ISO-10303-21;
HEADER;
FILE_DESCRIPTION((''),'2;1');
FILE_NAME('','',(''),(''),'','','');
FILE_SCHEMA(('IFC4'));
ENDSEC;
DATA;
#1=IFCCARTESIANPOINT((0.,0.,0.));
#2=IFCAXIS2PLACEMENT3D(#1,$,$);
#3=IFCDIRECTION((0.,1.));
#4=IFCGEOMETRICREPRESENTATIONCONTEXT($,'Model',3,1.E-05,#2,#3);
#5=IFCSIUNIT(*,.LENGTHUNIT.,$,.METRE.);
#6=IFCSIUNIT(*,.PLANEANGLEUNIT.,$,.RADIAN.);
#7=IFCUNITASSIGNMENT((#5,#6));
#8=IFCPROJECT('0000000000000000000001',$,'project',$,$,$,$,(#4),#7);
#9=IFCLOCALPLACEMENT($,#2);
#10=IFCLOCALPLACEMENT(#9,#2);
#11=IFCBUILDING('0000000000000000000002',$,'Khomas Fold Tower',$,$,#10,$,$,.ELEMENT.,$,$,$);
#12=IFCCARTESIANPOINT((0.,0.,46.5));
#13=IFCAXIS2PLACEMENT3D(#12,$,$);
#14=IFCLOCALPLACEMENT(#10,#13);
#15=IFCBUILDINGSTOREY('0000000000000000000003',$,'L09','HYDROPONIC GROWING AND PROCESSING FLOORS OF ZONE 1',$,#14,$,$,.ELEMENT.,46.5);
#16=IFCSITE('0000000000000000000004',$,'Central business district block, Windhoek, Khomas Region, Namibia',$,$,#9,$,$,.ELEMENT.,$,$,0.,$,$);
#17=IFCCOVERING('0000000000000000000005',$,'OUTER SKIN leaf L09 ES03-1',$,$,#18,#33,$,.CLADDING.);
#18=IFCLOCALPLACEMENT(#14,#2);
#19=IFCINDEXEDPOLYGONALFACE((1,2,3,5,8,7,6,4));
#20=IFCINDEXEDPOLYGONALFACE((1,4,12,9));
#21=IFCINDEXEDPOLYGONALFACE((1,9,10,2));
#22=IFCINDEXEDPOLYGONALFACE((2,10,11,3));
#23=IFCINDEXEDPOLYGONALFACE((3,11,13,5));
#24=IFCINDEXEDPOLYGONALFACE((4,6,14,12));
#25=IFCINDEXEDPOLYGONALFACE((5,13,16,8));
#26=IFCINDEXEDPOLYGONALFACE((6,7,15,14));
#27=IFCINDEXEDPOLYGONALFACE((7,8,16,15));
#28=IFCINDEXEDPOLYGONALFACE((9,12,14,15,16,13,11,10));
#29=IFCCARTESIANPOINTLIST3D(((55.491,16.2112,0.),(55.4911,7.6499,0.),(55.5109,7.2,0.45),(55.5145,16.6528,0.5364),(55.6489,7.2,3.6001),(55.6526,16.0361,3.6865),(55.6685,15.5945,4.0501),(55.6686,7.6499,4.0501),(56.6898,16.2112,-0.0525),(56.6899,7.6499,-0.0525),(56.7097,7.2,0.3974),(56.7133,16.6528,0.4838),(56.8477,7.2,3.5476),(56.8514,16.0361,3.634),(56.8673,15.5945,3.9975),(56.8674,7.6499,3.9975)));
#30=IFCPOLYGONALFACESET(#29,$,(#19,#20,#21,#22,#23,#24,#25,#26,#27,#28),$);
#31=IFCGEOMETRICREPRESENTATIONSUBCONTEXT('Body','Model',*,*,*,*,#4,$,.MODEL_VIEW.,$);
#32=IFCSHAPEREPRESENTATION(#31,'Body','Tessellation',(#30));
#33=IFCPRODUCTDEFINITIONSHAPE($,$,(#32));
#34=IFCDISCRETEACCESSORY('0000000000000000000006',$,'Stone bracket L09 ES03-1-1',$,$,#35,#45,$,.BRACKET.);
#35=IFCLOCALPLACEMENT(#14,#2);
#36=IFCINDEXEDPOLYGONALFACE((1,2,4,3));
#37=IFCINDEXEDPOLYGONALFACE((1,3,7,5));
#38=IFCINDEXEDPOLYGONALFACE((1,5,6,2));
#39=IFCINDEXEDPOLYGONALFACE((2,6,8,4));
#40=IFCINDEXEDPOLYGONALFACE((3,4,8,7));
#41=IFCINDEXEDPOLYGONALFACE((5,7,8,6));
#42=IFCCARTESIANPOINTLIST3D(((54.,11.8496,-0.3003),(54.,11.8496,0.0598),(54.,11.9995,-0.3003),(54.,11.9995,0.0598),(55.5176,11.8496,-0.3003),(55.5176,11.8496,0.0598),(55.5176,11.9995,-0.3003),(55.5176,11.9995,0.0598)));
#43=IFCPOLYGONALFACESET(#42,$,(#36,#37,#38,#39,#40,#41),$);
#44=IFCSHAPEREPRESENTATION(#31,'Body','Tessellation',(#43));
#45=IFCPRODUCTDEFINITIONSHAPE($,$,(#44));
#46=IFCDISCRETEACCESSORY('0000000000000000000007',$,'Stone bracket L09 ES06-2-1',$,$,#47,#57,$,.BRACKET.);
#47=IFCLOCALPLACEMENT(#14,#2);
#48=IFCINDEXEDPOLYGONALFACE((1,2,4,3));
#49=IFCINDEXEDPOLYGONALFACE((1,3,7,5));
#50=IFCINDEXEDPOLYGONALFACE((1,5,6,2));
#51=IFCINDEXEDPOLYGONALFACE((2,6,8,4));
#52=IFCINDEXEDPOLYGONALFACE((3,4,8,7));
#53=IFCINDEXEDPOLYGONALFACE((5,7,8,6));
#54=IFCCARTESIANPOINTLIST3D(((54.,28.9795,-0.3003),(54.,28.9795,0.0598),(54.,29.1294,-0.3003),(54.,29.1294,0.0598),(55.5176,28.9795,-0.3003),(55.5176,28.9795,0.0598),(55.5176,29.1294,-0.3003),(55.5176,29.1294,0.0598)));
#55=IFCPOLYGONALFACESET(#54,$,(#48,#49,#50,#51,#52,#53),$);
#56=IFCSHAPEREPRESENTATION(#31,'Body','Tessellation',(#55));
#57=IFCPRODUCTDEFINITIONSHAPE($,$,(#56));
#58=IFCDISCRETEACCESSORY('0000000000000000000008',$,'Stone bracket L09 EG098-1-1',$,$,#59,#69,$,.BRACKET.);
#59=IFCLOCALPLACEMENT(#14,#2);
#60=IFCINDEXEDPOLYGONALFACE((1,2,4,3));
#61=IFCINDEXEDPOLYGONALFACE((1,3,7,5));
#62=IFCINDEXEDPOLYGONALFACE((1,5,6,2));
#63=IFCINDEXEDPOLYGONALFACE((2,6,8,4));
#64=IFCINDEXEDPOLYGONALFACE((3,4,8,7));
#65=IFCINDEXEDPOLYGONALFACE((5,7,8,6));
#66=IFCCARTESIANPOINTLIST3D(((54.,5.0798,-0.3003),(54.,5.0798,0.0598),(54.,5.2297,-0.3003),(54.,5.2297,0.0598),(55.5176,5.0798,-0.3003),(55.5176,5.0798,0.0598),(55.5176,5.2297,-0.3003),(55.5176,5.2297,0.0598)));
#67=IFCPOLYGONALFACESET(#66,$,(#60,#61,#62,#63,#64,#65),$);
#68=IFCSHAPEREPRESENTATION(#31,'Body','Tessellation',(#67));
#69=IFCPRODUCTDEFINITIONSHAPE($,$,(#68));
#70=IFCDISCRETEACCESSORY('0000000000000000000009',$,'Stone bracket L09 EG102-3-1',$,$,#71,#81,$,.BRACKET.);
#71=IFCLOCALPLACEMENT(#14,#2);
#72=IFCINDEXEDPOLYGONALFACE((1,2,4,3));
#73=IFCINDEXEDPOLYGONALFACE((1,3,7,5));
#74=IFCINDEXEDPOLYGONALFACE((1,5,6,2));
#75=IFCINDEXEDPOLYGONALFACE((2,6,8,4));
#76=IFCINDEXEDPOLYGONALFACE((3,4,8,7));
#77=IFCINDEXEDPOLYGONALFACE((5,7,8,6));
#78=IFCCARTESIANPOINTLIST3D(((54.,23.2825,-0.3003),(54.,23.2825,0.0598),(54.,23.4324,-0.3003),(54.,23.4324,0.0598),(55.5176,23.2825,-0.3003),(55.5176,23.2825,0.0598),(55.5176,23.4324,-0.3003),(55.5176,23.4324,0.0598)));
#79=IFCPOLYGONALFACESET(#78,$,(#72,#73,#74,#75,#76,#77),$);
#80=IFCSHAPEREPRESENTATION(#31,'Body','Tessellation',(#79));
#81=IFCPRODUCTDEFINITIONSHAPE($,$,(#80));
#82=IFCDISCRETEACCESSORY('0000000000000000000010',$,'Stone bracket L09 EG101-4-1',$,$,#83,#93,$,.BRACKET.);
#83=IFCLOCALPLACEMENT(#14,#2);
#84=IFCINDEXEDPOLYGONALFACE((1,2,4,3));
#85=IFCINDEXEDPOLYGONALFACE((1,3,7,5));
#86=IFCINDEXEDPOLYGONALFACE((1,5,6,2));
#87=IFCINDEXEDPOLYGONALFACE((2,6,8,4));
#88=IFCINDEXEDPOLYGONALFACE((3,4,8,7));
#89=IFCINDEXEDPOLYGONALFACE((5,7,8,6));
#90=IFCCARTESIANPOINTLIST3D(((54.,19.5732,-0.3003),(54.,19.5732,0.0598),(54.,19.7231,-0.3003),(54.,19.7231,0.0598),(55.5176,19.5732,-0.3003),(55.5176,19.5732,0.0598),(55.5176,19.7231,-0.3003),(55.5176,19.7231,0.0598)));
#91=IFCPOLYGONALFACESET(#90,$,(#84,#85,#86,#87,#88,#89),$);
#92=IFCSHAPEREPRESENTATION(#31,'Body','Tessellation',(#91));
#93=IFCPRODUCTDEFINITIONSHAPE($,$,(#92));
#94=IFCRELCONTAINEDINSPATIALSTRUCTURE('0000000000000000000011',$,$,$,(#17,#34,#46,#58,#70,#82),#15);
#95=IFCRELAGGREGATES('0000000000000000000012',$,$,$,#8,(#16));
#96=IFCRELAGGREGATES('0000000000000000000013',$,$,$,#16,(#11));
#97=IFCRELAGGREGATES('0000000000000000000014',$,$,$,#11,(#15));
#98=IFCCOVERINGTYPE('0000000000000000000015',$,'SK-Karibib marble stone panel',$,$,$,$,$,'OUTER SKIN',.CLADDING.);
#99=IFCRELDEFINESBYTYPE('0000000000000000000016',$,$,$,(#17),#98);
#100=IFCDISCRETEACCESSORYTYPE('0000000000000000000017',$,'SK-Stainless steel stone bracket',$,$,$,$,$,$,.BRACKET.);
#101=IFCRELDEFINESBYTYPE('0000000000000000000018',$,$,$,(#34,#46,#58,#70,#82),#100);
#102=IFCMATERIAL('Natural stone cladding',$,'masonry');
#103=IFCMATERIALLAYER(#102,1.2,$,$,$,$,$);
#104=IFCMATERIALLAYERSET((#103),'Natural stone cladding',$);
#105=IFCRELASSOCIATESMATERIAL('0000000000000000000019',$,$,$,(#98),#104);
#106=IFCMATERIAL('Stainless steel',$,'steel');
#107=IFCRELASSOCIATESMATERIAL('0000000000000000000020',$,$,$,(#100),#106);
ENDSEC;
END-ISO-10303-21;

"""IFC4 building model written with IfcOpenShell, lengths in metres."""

from ifc_helpers import new_model, si_unit, direction, frame, origin, origin_2d, place, context, subcontext, project, spatial, polyline, rectangle, outline, extrude, source, transform, mapped, material, layer, layer_set, type_object, element, save


model = new_model("IFC4")

# Units and contexts
model_context = context("Model", 3, precision=1e-05, world=origin(), true_north=direction((0.0, 1.0)))
body_context = subcontext(model_context, "Body", "Model", "MODEL_VIEW")
ifc_project = project(units=[si_unit("LENGTHUNIT", "METRE"), si_unit("PLANEANGLEUNIT", "RADIAN")], contexts=[model_context])

# Site, building, storey
site_placement = place(None, origin())
site = spatial("IfcSite", under=ifc_project, at=site_placement, Name="Central business district block, Windhoek, Khomas Region, Namibia", CompositionType="ELEMENT", RefElevation=0.0)
building_placement = place(site_placement, origin())
building = spatial("IfcBuilding", under=site, at=building_placement, Name="Khomas Fold Tower", CompositionType="ELEMENT")
storey_placement = place(building_placement, frame((0.0, 0.0, 46.5)))
storey = spatial("IfcBuildingStorey", under=building, at=storey_placement, Name="L09", Description="HYDROPONIC GROWING AND PROCESSING FLOORS OF ZONE 1", CompositionType="ELEMENT", Elevation=46.5)

# Covering
ifc_material_1 = material(Name="Natural stone cladding", Category="masonry")
ifc_layer_1 = layer(ifc_material_1, 1.2)
ifc_layer_set_1 = layer_set([ifc_layer_1], Name="Natural stone cladding")
covering_type = type_object("IfcCoveringType", Name="SK-Karibib marble stone panel", ElementType="OUTER SKIN", PredefinedType="CLADDING", material=ifc_layer_set_1)
covering_placement = place(storey_placement, frame((55.6526, 16.0361, 3.6865), z_axis=(-0.999041, -0.000012, 0.043779), x_axis=(-0.042967, 0.191944, -0.980465)))
element("IfcCovering", 1, at=covering_placement, inside=storey, type_object=covering_type, Name="OUTER SKIN leaf L09 ES03-1", PredefinedType="CLADDING", context=body_context, shape_type="SweptSolid", body=[
    extrude(outline(polyline([(0.0, 0.0), (3.2129, 0.0), (3.655, 0.5365), (2.0118, 8.9386), (1.4834, 9.2937), (-1.6112, 8.6885), (-1.9668, 8.1605), (-0.4419, 0.3636), (0.0, 0.0)])), origin(), (0.0, 0.0, -1.0), 1.2),
])

# Discrete accessories
ifc_material_2 = material(Name="Stainless steel", Category="steel")
discrete_accessory_type = type_object("IfcDiscreteAccessoryType", Name="SK-Stainless steel stone bracket", PredefinedType="BRACKET", material=ifc_material_2)
shared_shape_1 = source(origin(), body_context, "Body", "SweptSolid", [
    extrude(rectangle(XDim=1.5176, YDim=0.1499, at=origin_2d()), origin(), (0.0, 0.0, 1.0), 0.3601),
])
for number, where, z_axis, x_axis, name in (
    (2, (54.7588, 11.9246, -0.3003), (0.0, 0.0, 1.0), (1.0, 0.0, 0.0), "Stone bracket L09 ES03-1-1"),
    (3, (54.7588, 29.0544, -0.3003), (0.0, 0.0, 1.0), (1.0, 0.0, 0.0), "Stone bracket L09 ES06-2-1"),
    (4, (54.7588, 5.1548, -0.3003), (0.0, 0.0, 1.0), (1.0, 0.0, 0.0), "Stone bracket L09 EG098-1-1"),
    (5, (54.7588, 23.3574, -0.3003), (0.0, 0.0, 1.0), (1.0, 0.0, 0.0), "Stone bracket L09 EG102-3-1"),
    (6, (54.7588, 19.6482, -0.3003), (0.0, 0.0, 1.0), (1.0, 0.0, 0.0), "Stone bracket L09 EG101-4-1"),
):
    element("IfcDiscreteAccessory", number, at=place(storey_placement, frame(where, z_axis=z_axis, x_axis=x_axis)), inside=storey, type_object=discrete_accessory_type, Name=name, PredefinedType="BRACKET", context=body_context, shape_type="MappedRepresentation", body=[
        mapped(shared_shape_1, transform((0.0, 0.0, 0.0))),
    ])

save(model, "model.ifc")
